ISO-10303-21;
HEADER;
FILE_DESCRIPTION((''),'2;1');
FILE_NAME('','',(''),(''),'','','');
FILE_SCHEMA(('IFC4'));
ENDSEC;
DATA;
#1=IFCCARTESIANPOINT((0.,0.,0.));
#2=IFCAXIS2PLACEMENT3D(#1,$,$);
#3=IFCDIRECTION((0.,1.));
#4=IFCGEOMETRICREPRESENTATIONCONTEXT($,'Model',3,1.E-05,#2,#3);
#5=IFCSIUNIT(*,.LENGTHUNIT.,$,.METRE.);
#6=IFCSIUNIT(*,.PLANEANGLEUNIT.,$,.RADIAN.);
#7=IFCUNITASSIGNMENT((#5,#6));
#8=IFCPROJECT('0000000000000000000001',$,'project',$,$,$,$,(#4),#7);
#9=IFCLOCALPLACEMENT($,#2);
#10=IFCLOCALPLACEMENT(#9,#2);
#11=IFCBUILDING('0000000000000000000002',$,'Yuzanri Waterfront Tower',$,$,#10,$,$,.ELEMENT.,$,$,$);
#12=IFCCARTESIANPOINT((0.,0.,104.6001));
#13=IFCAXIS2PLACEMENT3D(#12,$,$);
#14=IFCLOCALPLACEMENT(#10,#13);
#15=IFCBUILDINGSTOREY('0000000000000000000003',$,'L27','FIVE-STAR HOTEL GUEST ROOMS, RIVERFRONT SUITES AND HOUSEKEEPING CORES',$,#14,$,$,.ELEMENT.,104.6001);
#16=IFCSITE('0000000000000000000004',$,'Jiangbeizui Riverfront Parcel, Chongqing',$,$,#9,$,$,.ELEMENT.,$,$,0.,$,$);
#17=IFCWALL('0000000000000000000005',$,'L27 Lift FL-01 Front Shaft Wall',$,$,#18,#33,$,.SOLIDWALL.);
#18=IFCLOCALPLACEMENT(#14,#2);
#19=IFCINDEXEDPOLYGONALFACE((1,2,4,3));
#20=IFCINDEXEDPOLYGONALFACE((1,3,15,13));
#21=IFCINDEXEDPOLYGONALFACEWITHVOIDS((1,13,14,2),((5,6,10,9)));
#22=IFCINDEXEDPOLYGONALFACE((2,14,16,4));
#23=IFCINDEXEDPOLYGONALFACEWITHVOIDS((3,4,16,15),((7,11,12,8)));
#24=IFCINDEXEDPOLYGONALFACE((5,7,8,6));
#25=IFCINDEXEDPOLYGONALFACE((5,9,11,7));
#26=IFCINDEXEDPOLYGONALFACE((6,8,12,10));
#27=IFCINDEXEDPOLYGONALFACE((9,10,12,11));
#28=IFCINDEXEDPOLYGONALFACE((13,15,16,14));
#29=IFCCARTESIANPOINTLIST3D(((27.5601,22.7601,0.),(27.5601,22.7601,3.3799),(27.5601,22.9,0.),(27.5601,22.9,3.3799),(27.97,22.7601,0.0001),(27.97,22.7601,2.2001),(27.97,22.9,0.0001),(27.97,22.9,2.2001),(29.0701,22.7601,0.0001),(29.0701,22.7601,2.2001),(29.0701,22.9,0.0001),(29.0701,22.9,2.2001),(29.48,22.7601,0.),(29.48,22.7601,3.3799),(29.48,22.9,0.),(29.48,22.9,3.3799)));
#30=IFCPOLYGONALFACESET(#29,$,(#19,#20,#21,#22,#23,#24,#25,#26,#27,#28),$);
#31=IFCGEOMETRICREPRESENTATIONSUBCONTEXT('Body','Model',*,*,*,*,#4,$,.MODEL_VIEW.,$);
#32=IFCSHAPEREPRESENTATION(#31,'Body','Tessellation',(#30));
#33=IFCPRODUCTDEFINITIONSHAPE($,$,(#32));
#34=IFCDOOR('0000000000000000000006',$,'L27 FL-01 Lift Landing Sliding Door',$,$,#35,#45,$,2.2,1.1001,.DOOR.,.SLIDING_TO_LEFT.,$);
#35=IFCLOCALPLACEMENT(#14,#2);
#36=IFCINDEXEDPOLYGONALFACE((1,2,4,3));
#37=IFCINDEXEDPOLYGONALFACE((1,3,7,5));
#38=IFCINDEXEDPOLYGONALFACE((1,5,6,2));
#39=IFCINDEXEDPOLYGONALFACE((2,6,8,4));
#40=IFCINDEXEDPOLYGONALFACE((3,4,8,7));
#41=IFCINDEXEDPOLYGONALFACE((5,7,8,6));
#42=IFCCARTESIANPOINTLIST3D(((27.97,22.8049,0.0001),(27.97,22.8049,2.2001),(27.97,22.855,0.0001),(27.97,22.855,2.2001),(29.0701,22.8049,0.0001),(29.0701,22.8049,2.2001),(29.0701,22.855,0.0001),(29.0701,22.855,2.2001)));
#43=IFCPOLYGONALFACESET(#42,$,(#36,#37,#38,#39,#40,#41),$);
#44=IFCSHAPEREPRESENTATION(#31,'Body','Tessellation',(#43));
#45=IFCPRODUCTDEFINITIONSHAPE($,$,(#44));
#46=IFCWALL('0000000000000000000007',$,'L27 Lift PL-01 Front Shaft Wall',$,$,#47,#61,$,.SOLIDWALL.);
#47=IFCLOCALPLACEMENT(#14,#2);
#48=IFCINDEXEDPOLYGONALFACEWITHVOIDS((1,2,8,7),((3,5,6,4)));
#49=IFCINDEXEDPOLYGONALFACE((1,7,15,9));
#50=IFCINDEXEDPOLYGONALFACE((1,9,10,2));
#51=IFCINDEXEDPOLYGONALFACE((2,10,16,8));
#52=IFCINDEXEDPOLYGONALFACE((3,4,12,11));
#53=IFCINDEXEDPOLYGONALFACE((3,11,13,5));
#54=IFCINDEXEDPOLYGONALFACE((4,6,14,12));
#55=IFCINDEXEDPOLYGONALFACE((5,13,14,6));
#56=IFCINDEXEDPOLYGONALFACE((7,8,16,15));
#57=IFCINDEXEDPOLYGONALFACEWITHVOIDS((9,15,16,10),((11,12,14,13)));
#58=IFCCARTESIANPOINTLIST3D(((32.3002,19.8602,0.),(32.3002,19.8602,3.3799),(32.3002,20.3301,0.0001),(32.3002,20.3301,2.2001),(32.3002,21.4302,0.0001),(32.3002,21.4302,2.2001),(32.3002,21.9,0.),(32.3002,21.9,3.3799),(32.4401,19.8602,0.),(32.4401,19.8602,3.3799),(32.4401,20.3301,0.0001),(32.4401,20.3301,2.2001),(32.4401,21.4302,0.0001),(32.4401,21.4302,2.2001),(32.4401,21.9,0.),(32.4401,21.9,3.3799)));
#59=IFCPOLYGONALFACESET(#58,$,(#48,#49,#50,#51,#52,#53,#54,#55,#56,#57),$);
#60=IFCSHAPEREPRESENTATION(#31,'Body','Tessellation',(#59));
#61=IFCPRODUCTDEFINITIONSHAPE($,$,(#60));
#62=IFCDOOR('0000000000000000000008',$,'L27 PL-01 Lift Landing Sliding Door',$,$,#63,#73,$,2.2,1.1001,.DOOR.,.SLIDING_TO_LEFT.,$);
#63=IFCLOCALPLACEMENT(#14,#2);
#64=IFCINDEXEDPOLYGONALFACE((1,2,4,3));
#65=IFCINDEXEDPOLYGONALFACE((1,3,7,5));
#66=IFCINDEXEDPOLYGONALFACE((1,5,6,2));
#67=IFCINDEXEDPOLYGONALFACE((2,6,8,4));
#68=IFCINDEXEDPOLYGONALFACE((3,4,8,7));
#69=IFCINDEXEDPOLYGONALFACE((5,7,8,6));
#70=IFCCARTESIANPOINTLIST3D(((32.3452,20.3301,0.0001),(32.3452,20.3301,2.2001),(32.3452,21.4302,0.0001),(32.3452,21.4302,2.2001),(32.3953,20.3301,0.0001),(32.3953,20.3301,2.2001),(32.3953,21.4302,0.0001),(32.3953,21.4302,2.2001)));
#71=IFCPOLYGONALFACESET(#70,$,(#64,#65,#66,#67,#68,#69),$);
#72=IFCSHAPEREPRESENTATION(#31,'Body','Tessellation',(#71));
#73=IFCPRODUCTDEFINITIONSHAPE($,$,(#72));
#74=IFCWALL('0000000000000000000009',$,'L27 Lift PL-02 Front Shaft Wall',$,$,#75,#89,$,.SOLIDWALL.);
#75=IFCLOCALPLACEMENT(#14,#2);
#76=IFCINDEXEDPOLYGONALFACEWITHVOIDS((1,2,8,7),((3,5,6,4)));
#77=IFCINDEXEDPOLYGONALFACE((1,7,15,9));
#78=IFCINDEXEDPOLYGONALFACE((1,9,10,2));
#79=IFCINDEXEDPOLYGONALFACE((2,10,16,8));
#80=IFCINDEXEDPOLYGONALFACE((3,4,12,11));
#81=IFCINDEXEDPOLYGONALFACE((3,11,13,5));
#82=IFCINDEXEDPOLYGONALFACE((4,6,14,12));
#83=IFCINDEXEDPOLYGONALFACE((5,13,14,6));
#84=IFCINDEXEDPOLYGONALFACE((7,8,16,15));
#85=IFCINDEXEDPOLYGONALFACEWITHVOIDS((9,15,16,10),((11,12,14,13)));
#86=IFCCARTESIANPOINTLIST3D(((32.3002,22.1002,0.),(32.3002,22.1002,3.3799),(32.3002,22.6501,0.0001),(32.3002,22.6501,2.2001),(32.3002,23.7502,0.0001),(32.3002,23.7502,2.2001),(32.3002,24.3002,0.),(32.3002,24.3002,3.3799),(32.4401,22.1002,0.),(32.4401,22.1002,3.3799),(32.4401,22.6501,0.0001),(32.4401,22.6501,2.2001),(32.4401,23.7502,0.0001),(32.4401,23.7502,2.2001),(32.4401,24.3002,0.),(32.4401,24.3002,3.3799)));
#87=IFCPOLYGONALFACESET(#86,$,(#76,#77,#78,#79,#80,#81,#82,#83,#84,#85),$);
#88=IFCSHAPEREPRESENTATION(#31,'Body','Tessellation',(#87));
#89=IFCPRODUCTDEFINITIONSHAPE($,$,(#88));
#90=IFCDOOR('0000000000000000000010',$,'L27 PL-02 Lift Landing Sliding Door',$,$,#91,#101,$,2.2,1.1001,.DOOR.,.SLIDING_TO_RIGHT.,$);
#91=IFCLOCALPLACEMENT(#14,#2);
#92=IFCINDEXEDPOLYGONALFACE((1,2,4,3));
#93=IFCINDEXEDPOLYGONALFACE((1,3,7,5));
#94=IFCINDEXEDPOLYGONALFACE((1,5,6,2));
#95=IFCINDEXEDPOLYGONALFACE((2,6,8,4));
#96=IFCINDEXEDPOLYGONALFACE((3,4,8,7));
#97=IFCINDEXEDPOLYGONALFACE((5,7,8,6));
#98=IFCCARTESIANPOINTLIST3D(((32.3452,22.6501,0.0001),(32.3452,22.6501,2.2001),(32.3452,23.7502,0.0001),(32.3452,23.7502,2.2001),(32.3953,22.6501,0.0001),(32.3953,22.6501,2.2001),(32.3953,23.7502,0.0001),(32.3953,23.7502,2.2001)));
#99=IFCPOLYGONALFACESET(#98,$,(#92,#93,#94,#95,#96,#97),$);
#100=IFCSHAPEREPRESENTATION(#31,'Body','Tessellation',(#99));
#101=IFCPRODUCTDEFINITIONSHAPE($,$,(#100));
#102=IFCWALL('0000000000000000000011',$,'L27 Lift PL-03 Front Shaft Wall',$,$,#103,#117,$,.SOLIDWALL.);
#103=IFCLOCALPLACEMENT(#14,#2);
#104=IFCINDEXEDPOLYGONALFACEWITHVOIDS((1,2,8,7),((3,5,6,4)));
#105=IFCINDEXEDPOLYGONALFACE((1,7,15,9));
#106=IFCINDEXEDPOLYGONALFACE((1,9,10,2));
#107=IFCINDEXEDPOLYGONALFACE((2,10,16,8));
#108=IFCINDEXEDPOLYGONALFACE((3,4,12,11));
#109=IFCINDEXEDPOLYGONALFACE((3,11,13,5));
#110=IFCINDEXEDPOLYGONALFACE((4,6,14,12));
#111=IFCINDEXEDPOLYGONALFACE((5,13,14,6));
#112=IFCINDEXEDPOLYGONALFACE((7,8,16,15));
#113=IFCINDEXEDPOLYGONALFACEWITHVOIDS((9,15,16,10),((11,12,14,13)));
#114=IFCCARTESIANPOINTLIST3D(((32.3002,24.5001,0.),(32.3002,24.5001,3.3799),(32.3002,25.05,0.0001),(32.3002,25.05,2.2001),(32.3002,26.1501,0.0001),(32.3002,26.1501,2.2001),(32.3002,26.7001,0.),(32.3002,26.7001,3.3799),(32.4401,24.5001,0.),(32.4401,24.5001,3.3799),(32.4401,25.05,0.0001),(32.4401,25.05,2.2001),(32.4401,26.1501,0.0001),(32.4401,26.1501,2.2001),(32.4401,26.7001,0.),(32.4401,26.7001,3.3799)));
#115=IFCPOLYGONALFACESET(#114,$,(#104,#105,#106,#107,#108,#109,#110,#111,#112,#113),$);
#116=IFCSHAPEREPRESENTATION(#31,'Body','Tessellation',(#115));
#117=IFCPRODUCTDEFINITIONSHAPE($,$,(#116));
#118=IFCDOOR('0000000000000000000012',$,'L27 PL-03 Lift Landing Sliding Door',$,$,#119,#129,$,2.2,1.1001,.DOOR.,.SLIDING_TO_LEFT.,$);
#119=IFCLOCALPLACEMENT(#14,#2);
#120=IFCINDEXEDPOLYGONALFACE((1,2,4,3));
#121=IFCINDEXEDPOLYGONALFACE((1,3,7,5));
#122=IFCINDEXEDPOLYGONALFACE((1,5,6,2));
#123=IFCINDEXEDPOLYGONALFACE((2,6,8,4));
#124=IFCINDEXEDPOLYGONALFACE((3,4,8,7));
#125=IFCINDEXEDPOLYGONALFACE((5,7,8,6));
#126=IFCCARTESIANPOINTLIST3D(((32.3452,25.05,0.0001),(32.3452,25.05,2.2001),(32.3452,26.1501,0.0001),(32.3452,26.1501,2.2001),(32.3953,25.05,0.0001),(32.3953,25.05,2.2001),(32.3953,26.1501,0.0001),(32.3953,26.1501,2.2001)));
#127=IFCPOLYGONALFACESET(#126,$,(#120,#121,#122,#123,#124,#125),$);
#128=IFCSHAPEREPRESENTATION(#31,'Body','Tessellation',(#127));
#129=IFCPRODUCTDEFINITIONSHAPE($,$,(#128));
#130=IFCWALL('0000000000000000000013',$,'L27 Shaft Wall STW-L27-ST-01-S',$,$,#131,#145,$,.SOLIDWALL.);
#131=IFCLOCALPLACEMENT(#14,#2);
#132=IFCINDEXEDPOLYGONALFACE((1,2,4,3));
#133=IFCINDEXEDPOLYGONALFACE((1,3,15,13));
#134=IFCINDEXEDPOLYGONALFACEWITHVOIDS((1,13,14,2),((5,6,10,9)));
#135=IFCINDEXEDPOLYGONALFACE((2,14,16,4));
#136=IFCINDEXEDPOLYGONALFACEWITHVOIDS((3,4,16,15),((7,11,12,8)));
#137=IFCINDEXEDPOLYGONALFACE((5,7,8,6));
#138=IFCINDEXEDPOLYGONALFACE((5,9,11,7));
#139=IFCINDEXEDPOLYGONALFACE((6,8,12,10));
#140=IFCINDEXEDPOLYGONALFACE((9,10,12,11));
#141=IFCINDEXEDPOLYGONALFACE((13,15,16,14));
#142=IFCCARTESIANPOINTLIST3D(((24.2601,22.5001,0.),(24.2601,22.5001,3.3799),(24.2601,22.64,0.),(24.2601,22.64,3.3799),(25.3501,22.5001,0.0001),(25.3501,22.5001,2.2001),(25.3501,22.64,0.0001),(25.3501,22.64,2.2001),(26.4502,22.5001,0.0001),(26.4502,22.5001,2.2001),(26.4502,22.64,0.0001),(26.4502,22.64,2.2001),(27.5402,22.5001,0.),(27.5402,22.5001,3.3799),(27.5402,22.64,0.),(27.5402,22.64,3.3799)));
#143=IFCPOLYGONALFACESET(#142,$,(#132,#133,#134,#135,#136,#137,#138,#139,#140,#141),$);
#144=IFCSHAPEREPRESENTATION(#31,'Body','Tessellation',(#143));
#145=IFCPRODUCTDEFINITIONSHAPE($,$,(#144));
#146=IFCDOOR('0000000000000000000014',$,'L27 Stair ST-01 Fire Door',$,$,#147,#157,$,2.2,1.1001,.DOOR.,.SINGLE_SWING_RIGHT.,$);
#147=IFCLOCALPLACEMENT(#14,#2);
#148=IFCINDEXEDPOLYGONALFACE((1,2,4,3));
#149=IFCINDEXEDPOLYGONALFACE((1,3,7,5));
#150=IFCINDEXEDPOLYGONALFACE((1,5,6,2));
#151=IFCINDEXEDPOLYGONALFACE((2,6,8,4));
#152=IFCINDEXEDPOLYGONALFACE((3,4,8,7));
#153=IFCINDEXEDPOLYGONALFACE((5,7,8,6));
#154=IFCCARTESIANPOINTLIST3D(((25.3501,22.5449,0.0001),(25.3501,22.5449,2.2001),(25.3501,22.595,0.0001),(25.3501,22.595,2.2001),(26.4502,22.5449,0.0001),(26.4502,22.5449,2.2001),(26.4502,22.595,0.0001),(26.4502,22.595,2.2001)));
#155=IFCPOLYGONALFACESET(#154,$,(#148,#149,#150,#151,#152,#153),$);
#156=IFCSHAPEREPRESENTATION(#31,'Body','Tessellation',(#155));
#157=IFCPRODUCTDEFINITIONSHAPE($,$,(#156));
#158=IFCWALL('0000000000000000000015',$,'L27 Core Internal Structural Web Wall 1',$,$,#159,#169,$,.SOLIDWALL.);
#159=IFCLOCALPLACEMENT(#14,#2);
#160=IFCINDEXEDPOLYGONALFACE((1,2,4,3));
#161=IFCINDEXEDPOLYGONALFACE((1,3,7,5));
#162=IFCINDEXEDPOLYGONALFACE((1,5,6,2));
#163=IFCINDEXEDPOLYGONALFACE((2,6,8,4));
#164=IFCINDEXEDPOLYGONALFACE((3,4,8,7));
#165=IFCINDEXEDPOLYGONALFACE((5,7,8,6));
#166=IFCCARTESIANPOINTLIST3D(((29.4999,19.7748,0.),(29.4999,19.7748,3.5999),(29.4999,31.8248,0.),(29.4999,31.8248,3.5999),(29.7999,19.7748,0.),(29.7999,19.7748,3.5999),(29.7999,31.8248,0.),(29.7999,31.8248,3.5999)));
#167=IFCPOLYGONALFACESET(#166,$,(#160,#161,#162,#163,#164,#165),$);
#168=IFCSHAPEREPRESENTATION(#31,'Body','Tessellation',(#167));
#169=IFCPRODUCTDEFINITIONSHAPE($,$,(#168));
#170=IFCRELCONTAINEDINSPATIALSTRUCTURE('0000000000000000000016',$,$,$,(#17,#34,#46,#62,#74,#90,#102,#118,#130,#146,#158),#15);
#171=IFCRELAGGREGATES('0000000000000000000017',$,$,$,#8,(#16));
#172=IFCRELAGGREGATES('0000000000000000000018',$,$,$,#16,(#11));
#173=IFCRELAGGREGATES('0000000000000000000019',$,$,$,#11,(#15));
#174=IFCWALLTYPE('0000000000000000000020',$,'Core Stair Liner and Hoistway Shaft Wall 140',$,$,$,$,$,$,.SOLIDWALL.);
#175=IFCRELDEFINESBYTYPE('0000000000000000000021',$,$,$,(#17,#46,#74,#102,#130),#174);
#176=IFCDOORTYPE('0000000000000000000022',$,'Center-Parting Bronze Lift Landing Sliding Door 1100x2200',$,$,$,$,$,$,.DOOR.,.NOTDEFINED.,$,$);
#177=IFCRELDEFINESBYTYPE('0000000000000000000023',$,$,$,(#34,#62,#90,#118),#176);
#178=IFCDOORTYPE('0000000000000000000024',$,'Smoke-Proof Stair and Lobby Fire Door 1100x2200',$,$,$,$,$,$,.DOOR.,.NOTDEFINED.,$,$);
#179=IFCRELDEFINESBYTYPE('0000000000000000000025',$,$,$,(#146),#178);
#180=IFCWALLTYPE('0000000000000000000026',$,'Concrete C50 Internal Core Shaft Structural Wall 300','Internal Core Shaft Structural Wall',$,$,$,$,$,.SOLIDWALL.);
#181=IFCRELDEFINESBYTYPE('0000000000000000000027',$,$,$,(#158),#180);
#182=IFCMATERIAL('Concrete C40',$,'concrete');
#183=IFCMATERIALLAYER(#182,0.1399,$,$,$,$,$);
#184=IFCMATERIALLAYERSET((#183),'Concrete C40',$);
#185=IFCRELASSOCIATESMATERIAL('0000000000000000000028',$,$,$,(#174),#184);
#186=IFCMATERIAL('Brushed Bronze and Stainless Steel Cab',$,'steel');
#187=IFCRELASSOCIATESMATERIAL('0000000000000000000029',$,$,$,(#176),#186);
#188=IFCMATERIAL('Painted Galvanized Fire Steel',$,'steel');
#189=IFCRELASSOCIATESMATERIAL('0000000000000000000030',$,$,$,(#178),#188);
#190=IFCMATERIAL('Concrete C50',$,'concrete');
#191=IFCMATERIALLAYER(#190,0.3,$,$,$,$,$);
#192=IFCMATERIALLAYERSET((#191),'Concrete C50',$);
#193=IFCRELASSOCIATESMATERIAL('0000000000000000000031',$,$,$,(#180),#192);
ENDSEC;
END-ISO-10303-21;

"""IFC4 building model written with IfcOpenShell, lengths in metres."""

from ifc_helpers import new_model, si_unit, direction, frame, frame_2d, origin, place, context, subcontext, project, spatial, rectangle, extrude, source, transform, mapped, material, layer, layer_set, type_object, element, fill, save


model = new_model("IFC4")

# Units and contexts
model_context = context("Model", 3, precision=1e-05, world=origin(), true_north=direction((0.0, 1.0)))
body_context = subcontext(model_context, "Body", "Model", "MODEL_VIEW")
ifc_project = project(units=[si_unit("LENGTHUNIT", "METRE"), si_unit("PLANEANGLEUNIT", "RADIAN")], contexts=[model_context])

# Site, building, storey
site_placement = place(None, origin())
site = spatial("IfcSite", under=ifc_project, at=site_placement, Name="Jiangbeizui Riverfront Parcel, Chongqing", CompositionType="ELEMENT", RefElevation=0.0)
building_placement = place(site_placement, origin())
building = spatial("IfcBuilding", under=site, at=building_placement, Name="Yuzanri Waterfront Tower", CompositionType="ELEMENT")
storey_placement = place(building_placement, frame((0.0, 0.0, 104.6001)))
storey = spatial("IfcBuildingStorey", under=building, at=storey_placement, Name="L27", Description="FIVE-STAR HOTEL GUEST ROOMS, RIVERFRONT SUITES AND HOUSEKEEPING CORES", CompositionType="ELEMENT", Elevation=104.6001)

# Walls, openings, doors
ifc_material_1 = material(Name="Concrete C40", Category="concrete")
ifc_layer_1 = layer(ifc_material_1, 0.1399)
ifc_layer_set_1 = layer_set([ifc_layer_1], Name="Concrete C40")
wall_type_1 = type_object("IfcWallType", Name="Core Stair Liner and Hoistway Shaft Wall 140", PredefinedType="SOLIDWALL", material=ifc_layer_set_1)
wall_1_placement = place(storey_placement, frame((27.5601, 22.8301, 0.0), z_axis=(0.0, 0.0, 1.0), x_axis=(1.0, 0.0, 0.0)))
wall_1 = element("IfcWall", 1, at=wall_1_placement, inside=storey, type_object=wall_type_1, Name="L27 Lift FL-01 Front Shaft Wall", PredefinedType="SOLIDWALL", context=body_context, shape_type="SweptSolid", body=[
    extrude(rectangle(XDim=1.9199, YDim=0.1399, at=frame_2d((0.96, 0.0))), origin(), (0.0, 0.0, 1.0), 3.3799),
])
opening_1_placement = place(wall_1_placement, frame((0.4099, 0.0, 0.0)))
opening_1 = element("IfcOpeningElement", 2, at=opening_1_placement, cuts=wall_1, PredefinedType="OPENING", context=body_context, shape_type="SweptSolid", body=[
    extrude(rectangle(XDim=1.1001, YDim=2.2, at=frame_2d((0.55, 1.1001))), frame((0.0, 0.085, 0.0), z_axis=(0.0, -1.0, 0.0), x_axis=(1.0, 0.0, 0.0)), (0.0, 0.0, 1.0), 0.1697),
])
ifc_material_2 = material(Name="Brushed Bronze and Stainless Steel Cab", Category="steel")
door_type_1 = type_object("IfcDoorType", Name="Center-Parting Bronze Lift Landing Sliding Door 1100x2200", OperationType="NOTDEFINED", PredefinedType="DOOR", material=ifc_material_2)
shared_shape_1 = source(origin(), body_context, "Body", "SweptSolid", [
    extrude(rectangle(XDim=1.1001, YDim=2.2, at=frame_2d((0.55, 1.1001))), frame((0.0, 0.0249, 0.0), z_axis=(0.0, -1.0, 0.0), x_axis=(1.0, 0.0, 0.0)), (0.0, 0.0, 1.0), 0.05),
])
door_1_placement = place(opening_1_placement, origin())
door_1 = element("IfcDoor", 3, at=door_1_placement, inside=storey, type_object=door_type_1, Name="L27 FL-01 Lift Landing Sliding Door", OperationType="SLIDING_TO_LEFT", OverallHeight=2.2, OverallWidth=1.1001, PredefinedType="DOOR", context=body_context, shape_type="MappedRepresentation", body=[
    mapped(shared_shape_1, transform((0.0, 0.0, 0.0), scale=1.0)),
])
fill(opening_1, door_1)
wall_2_placement = place(storey_placement, frame((32.3701, 19.8601, 0.0), z_axis=(0.0, 0.0, 1.0), x_axis=(0.0, 1.0, 0.0)))
wall_2 = element("IfcWall", 4, at=wall_2_placement, inside=storey, type_object=wall_type_1, Name="L27 Lift PL-01 Front Shaft Wall", PredefinedType="SOLIDWALL", context=body_context, shape_type="SweptSolid", body=[
    extrude(rectangle(XDim=2.0398, YDim=0.1399, at=frame_2d((1.02, 0.0))), origin(), (0.0, 0.0, 1.0), 3.3799),
])
opening_2_placement = place(wall_2_placement, frame((0.47, 0.0, 0.0)))
opening_2 = element("IfcOpeningElement", 5, at=opening_2_placement, cuts=wall_2, PredefinedType="OPENING", context=body_context, shape_type="SweptSolid", body=[
    extrude(rectangle(XDim=1.1001, YDim=2.2, at=frame_2d((0.55, 1.1001))), frame((0.0, 0.085, 0.0), z_axis=(0.0, -1.0, 0.0), x_axis=(1.0, 0.0, 0.0)), (0.0, 0.0, 1.0), 0.1697),
])
door_2_placement = place(opening_2_placement, origin())
door_2 = element("IfcDoor", 6, at=door_2_placement, inside=storey, type_object=door_type_1, Name="L27 PL-01 Lift Landing Sliding Door", OperationType="SLIDING_TO_LEFT", OverallHeight=2.2, OverallWidth=1.1001, PredefinedType="DOOR", context=body_context, shape_type="MappedRepresentation", body=[
    mapped(shared_shape_1, transform((0.0, 0.0, 0.0), scale=1.0)),
])
fill(opening_2, door_2)
wall_3_placement = place(storey_placement, frame((32.3701, 22.1001, 0.0), z_axis=(0.0, 0.0, 1.0), x_axis=(0.0, 1.0, 0.0)))
wall_3 = element("IfcWall", 7, at=wall_3_placement, inside=storey, type_object=wall_type_1, Name="L27 Lift PL-02 Front Shaft Wall", PredefinedType="SOLIDWALL", context=body_context, shape_type="SweptSolid", body=[
    extrude(rectangle(XDim=2.2, YDim=0.1399, at=frame_2d((1.1001, 0.0))), origin(), (0.0, 0.0, 1.0), 3.3799),
])
opening_3_placement = place(wall_3_placement, frame((0.55, 0.0, 0.0)))
opening_3 = element("IfcOpeningElement", 8, at=opening_3_placement, cuts=wall_3, PredefinedType="OPENING", context=body_context, shape_type="SweptSolid", body=[
    extrude(rectangle(XDim=1.1001, YDim=2.2, at=frame_2d((0.55, 1.1001))), frame((0.0, 0.085, 0.0), z_axis=(0.0, -1.0, 0.0), x_axis=(1.0, 0.0, 0.0)), (0.0, 0.0, 1.0), 0.1697),
])
door_3_placement = place(opening_3_placement, origin())
door_3 = element("IfcDoor", 9, at=door_3_placement, inside=storey, type_object=door_type_1, Name="L27 PL-02 Lift Landing Sliding Door", OperationType="SLIDING_TO_RIGHT", OverallHeight=2.2, OverallWidth=1.1001, PredefinedType="DOOR", context=body_context, shape_type="MappedRepresentation", body=[
    mapped(shared_shape_1, transform((0.0, 0.0, 0.0), scale=1.0)),
])
fill(opening_3, door_3)
wall_4_placement = place(storey_placement, frame((32.3701, 24.5, 0.0), z_axis=(0.0, 0.0, 1.0), x_axis=(0.0, 1.0, 0.0)))
wall_4 = element("IfcWall", 10, at=wall_4_placement, inside=storey, type_object=wall_type_1, Name="L27 Lift PL-03 Front Shaft Wall", PredefinedType="SOLIDWALL", context=body_context, shape_type="SweptSolid", body=[
    extrude(rectangle(XDim=2.2, YDim=0.1399, at=frame_2d((1.1001, 0.0))), origin(), (0.0, 0.0, 1.0), 3.3799),
])
opening_4_placement = place(wall_4_placement, frame((0.55, 0.0, 0.0)))
opening_4 = element("IfcOpeningElement", 11, at=opening_4_placement, cuts=wall_4, PredefinedType="OPENING", context=body_context, shape_type="SweptSolid", body=[
    extrude(rectangle(XDim=1.1001, YDim=2.2, at=frame_2d((0.55, 1.1001))), frame((0.0, 0.085, 0.0), z_axis=(0.0, -1.0, 0.0), x_axis=(1.0, 0.0, 0.0)), (0.0, 0.0, 1.0), 0.1697),
])
door_4_placement = place(opening_4_placement, origin())
door_4 = element("IfcDoor", 12, at=door_4_placement, inside=storey, type_object=door_type_1, Name="L27 PL-03 Lift Landing Sliding Door", OperationType="SLIDING_TO_LEFT", OverallHeight=2.2, OverallWidth=1.1001, PredefinedType="DOOR", context=body_context, shape_type="MappedRepresentation", body=[
    mapped(shared_shape_1, transform((0.0, 0.0, 0.0), scale=1.0)),
])
fill(opening_4, door_4)
wall_5_placement = place(storey_placement, frame((24.26, 22.5701, 0.0), z_axis=(0.0, 0.0, 1.0), x_axis=(1.0, 0.0, 0.0)))
wall_5 = element("IfcWall", 13, at=wall_5_placement, inside=storey, type_object=wall_type_1, Name="L27 Shaft Wall STW-L27-ST-01-S", PredefinedType="SOLIDWALL", context=body_context, shape_type="SweptSolid", body=[
    extrude(rectangle(XDim=3.28, YDim=0.1399, at=frame_2d((1.6401, 0.0))), origin(), (0.0, 0.0, 1.0), 3.3799),
])
opening_5_placement = place(wall_5_placement, frame((1.0901, 0.0, 0.0)))
opening_5 = element("IfcOpeningElement", 14, at=opening_5_placement, cuts=wall_5, PredefinedType="OPENING", context=body_context, shape_type="SweptSolid", body=[
    extrude(rectangle(XDim=1.1001, YDim=2.2, at=frame_2d((0.55, 1.1001))), frame((0.0, 0.085, 0.0), z_axis=(0.0, -1.0, 0.0), x_axis=(1.0, 0.0, 0.0)), (0.0, 0.0, 1.0), 0.1697),
])
ifc_material_3 = material(Name="Painted Galvanized Fire Steel", Category="steel")
door_type_2 = type_object("IfcDoorType", Name="Smoke-Proof Stair and Lobby Fire Door 1100x2200", OperationType="NOTDEFINED", PredefinedType="DOOR", material=ifc_material_3)
shared_shape_2 = source(origin(), body_context, "Body", "SweptSolid", [
    extrude(rectangle(XDim=1.1001, YDim=2.2, at=frame_2d((0.55, 1.1001))), frame((0.0, 0.0249, 0.0), z_axis=(0.0, -1.0, 0.0), x_axis=(1.0, 0.0, 0.0)), (0.0, 0.0, 1.0), 0.05),
])
door_5_placement = place(opening_5_placement, origin())
door_5 = element("IfcDoor", 15, at=door_5_placement, inside=storey, type_object=door_type_2, Name="L27 Stair ST-01 Fire Door", OperationType="SINGLE_SWING_RIGHT", OverallHeight=2.2, OverallWidth=1.1001, PredefinedType="DOOR", context=body_context, shape_type="MappedRepresentation", body=[
    mapped(shared_shape_2, transform((0.0, 0.0, 0.0), scale=1.0)),
])
fill(opening_5, door_5)

# Wall
ifc_material_4 = material(Name="Concrete C50", Category="concrete")
ifc_layer_2 = layer(ifc_material_4, 0.3)
ifc_layer_set_2 = layer_set([ifc_layer_2], Name="Concrete C50")
wall_type_2 = type_object("IfcWallType", Name="Concrete C50 Internal Core Shaft Structural Wall 300", Description="Internal Core Shaft Structural Wall", PredefinedType="SOLIDWALL", material=ifc_layer_set_2)
shared_shape_3 = source(origin(), body_context, "Body", "SweptSolid", [
    extrude(rectangle(XDim=12.05, YDim=0.3, at=frame_2d((6.0249, 0.0))), origin(), (0.0, 0.0, 1.0), 3.5999),
])
wall_6_placement = place(storey_placement, frame((29.6499, 19.7749, 0.0), z_axis=(0.0, 0.0, 1.0), x_axis=(0.0, 1.0, 0.0)))
element("IfcWall", 16, at=wall_6_placement, inside=storey, type_object=wall_type_2, Name="L27 Core Internal Structural Web Wall 1", PredefinedType="SOLIDWALL", context=body_context, shape_type="MappedRepresentation", body=[
    mapped(shared_shape_3, transform((0.0, 0.0, 0.0), scale=1.0)),
])

save(model, "model.ifc")
